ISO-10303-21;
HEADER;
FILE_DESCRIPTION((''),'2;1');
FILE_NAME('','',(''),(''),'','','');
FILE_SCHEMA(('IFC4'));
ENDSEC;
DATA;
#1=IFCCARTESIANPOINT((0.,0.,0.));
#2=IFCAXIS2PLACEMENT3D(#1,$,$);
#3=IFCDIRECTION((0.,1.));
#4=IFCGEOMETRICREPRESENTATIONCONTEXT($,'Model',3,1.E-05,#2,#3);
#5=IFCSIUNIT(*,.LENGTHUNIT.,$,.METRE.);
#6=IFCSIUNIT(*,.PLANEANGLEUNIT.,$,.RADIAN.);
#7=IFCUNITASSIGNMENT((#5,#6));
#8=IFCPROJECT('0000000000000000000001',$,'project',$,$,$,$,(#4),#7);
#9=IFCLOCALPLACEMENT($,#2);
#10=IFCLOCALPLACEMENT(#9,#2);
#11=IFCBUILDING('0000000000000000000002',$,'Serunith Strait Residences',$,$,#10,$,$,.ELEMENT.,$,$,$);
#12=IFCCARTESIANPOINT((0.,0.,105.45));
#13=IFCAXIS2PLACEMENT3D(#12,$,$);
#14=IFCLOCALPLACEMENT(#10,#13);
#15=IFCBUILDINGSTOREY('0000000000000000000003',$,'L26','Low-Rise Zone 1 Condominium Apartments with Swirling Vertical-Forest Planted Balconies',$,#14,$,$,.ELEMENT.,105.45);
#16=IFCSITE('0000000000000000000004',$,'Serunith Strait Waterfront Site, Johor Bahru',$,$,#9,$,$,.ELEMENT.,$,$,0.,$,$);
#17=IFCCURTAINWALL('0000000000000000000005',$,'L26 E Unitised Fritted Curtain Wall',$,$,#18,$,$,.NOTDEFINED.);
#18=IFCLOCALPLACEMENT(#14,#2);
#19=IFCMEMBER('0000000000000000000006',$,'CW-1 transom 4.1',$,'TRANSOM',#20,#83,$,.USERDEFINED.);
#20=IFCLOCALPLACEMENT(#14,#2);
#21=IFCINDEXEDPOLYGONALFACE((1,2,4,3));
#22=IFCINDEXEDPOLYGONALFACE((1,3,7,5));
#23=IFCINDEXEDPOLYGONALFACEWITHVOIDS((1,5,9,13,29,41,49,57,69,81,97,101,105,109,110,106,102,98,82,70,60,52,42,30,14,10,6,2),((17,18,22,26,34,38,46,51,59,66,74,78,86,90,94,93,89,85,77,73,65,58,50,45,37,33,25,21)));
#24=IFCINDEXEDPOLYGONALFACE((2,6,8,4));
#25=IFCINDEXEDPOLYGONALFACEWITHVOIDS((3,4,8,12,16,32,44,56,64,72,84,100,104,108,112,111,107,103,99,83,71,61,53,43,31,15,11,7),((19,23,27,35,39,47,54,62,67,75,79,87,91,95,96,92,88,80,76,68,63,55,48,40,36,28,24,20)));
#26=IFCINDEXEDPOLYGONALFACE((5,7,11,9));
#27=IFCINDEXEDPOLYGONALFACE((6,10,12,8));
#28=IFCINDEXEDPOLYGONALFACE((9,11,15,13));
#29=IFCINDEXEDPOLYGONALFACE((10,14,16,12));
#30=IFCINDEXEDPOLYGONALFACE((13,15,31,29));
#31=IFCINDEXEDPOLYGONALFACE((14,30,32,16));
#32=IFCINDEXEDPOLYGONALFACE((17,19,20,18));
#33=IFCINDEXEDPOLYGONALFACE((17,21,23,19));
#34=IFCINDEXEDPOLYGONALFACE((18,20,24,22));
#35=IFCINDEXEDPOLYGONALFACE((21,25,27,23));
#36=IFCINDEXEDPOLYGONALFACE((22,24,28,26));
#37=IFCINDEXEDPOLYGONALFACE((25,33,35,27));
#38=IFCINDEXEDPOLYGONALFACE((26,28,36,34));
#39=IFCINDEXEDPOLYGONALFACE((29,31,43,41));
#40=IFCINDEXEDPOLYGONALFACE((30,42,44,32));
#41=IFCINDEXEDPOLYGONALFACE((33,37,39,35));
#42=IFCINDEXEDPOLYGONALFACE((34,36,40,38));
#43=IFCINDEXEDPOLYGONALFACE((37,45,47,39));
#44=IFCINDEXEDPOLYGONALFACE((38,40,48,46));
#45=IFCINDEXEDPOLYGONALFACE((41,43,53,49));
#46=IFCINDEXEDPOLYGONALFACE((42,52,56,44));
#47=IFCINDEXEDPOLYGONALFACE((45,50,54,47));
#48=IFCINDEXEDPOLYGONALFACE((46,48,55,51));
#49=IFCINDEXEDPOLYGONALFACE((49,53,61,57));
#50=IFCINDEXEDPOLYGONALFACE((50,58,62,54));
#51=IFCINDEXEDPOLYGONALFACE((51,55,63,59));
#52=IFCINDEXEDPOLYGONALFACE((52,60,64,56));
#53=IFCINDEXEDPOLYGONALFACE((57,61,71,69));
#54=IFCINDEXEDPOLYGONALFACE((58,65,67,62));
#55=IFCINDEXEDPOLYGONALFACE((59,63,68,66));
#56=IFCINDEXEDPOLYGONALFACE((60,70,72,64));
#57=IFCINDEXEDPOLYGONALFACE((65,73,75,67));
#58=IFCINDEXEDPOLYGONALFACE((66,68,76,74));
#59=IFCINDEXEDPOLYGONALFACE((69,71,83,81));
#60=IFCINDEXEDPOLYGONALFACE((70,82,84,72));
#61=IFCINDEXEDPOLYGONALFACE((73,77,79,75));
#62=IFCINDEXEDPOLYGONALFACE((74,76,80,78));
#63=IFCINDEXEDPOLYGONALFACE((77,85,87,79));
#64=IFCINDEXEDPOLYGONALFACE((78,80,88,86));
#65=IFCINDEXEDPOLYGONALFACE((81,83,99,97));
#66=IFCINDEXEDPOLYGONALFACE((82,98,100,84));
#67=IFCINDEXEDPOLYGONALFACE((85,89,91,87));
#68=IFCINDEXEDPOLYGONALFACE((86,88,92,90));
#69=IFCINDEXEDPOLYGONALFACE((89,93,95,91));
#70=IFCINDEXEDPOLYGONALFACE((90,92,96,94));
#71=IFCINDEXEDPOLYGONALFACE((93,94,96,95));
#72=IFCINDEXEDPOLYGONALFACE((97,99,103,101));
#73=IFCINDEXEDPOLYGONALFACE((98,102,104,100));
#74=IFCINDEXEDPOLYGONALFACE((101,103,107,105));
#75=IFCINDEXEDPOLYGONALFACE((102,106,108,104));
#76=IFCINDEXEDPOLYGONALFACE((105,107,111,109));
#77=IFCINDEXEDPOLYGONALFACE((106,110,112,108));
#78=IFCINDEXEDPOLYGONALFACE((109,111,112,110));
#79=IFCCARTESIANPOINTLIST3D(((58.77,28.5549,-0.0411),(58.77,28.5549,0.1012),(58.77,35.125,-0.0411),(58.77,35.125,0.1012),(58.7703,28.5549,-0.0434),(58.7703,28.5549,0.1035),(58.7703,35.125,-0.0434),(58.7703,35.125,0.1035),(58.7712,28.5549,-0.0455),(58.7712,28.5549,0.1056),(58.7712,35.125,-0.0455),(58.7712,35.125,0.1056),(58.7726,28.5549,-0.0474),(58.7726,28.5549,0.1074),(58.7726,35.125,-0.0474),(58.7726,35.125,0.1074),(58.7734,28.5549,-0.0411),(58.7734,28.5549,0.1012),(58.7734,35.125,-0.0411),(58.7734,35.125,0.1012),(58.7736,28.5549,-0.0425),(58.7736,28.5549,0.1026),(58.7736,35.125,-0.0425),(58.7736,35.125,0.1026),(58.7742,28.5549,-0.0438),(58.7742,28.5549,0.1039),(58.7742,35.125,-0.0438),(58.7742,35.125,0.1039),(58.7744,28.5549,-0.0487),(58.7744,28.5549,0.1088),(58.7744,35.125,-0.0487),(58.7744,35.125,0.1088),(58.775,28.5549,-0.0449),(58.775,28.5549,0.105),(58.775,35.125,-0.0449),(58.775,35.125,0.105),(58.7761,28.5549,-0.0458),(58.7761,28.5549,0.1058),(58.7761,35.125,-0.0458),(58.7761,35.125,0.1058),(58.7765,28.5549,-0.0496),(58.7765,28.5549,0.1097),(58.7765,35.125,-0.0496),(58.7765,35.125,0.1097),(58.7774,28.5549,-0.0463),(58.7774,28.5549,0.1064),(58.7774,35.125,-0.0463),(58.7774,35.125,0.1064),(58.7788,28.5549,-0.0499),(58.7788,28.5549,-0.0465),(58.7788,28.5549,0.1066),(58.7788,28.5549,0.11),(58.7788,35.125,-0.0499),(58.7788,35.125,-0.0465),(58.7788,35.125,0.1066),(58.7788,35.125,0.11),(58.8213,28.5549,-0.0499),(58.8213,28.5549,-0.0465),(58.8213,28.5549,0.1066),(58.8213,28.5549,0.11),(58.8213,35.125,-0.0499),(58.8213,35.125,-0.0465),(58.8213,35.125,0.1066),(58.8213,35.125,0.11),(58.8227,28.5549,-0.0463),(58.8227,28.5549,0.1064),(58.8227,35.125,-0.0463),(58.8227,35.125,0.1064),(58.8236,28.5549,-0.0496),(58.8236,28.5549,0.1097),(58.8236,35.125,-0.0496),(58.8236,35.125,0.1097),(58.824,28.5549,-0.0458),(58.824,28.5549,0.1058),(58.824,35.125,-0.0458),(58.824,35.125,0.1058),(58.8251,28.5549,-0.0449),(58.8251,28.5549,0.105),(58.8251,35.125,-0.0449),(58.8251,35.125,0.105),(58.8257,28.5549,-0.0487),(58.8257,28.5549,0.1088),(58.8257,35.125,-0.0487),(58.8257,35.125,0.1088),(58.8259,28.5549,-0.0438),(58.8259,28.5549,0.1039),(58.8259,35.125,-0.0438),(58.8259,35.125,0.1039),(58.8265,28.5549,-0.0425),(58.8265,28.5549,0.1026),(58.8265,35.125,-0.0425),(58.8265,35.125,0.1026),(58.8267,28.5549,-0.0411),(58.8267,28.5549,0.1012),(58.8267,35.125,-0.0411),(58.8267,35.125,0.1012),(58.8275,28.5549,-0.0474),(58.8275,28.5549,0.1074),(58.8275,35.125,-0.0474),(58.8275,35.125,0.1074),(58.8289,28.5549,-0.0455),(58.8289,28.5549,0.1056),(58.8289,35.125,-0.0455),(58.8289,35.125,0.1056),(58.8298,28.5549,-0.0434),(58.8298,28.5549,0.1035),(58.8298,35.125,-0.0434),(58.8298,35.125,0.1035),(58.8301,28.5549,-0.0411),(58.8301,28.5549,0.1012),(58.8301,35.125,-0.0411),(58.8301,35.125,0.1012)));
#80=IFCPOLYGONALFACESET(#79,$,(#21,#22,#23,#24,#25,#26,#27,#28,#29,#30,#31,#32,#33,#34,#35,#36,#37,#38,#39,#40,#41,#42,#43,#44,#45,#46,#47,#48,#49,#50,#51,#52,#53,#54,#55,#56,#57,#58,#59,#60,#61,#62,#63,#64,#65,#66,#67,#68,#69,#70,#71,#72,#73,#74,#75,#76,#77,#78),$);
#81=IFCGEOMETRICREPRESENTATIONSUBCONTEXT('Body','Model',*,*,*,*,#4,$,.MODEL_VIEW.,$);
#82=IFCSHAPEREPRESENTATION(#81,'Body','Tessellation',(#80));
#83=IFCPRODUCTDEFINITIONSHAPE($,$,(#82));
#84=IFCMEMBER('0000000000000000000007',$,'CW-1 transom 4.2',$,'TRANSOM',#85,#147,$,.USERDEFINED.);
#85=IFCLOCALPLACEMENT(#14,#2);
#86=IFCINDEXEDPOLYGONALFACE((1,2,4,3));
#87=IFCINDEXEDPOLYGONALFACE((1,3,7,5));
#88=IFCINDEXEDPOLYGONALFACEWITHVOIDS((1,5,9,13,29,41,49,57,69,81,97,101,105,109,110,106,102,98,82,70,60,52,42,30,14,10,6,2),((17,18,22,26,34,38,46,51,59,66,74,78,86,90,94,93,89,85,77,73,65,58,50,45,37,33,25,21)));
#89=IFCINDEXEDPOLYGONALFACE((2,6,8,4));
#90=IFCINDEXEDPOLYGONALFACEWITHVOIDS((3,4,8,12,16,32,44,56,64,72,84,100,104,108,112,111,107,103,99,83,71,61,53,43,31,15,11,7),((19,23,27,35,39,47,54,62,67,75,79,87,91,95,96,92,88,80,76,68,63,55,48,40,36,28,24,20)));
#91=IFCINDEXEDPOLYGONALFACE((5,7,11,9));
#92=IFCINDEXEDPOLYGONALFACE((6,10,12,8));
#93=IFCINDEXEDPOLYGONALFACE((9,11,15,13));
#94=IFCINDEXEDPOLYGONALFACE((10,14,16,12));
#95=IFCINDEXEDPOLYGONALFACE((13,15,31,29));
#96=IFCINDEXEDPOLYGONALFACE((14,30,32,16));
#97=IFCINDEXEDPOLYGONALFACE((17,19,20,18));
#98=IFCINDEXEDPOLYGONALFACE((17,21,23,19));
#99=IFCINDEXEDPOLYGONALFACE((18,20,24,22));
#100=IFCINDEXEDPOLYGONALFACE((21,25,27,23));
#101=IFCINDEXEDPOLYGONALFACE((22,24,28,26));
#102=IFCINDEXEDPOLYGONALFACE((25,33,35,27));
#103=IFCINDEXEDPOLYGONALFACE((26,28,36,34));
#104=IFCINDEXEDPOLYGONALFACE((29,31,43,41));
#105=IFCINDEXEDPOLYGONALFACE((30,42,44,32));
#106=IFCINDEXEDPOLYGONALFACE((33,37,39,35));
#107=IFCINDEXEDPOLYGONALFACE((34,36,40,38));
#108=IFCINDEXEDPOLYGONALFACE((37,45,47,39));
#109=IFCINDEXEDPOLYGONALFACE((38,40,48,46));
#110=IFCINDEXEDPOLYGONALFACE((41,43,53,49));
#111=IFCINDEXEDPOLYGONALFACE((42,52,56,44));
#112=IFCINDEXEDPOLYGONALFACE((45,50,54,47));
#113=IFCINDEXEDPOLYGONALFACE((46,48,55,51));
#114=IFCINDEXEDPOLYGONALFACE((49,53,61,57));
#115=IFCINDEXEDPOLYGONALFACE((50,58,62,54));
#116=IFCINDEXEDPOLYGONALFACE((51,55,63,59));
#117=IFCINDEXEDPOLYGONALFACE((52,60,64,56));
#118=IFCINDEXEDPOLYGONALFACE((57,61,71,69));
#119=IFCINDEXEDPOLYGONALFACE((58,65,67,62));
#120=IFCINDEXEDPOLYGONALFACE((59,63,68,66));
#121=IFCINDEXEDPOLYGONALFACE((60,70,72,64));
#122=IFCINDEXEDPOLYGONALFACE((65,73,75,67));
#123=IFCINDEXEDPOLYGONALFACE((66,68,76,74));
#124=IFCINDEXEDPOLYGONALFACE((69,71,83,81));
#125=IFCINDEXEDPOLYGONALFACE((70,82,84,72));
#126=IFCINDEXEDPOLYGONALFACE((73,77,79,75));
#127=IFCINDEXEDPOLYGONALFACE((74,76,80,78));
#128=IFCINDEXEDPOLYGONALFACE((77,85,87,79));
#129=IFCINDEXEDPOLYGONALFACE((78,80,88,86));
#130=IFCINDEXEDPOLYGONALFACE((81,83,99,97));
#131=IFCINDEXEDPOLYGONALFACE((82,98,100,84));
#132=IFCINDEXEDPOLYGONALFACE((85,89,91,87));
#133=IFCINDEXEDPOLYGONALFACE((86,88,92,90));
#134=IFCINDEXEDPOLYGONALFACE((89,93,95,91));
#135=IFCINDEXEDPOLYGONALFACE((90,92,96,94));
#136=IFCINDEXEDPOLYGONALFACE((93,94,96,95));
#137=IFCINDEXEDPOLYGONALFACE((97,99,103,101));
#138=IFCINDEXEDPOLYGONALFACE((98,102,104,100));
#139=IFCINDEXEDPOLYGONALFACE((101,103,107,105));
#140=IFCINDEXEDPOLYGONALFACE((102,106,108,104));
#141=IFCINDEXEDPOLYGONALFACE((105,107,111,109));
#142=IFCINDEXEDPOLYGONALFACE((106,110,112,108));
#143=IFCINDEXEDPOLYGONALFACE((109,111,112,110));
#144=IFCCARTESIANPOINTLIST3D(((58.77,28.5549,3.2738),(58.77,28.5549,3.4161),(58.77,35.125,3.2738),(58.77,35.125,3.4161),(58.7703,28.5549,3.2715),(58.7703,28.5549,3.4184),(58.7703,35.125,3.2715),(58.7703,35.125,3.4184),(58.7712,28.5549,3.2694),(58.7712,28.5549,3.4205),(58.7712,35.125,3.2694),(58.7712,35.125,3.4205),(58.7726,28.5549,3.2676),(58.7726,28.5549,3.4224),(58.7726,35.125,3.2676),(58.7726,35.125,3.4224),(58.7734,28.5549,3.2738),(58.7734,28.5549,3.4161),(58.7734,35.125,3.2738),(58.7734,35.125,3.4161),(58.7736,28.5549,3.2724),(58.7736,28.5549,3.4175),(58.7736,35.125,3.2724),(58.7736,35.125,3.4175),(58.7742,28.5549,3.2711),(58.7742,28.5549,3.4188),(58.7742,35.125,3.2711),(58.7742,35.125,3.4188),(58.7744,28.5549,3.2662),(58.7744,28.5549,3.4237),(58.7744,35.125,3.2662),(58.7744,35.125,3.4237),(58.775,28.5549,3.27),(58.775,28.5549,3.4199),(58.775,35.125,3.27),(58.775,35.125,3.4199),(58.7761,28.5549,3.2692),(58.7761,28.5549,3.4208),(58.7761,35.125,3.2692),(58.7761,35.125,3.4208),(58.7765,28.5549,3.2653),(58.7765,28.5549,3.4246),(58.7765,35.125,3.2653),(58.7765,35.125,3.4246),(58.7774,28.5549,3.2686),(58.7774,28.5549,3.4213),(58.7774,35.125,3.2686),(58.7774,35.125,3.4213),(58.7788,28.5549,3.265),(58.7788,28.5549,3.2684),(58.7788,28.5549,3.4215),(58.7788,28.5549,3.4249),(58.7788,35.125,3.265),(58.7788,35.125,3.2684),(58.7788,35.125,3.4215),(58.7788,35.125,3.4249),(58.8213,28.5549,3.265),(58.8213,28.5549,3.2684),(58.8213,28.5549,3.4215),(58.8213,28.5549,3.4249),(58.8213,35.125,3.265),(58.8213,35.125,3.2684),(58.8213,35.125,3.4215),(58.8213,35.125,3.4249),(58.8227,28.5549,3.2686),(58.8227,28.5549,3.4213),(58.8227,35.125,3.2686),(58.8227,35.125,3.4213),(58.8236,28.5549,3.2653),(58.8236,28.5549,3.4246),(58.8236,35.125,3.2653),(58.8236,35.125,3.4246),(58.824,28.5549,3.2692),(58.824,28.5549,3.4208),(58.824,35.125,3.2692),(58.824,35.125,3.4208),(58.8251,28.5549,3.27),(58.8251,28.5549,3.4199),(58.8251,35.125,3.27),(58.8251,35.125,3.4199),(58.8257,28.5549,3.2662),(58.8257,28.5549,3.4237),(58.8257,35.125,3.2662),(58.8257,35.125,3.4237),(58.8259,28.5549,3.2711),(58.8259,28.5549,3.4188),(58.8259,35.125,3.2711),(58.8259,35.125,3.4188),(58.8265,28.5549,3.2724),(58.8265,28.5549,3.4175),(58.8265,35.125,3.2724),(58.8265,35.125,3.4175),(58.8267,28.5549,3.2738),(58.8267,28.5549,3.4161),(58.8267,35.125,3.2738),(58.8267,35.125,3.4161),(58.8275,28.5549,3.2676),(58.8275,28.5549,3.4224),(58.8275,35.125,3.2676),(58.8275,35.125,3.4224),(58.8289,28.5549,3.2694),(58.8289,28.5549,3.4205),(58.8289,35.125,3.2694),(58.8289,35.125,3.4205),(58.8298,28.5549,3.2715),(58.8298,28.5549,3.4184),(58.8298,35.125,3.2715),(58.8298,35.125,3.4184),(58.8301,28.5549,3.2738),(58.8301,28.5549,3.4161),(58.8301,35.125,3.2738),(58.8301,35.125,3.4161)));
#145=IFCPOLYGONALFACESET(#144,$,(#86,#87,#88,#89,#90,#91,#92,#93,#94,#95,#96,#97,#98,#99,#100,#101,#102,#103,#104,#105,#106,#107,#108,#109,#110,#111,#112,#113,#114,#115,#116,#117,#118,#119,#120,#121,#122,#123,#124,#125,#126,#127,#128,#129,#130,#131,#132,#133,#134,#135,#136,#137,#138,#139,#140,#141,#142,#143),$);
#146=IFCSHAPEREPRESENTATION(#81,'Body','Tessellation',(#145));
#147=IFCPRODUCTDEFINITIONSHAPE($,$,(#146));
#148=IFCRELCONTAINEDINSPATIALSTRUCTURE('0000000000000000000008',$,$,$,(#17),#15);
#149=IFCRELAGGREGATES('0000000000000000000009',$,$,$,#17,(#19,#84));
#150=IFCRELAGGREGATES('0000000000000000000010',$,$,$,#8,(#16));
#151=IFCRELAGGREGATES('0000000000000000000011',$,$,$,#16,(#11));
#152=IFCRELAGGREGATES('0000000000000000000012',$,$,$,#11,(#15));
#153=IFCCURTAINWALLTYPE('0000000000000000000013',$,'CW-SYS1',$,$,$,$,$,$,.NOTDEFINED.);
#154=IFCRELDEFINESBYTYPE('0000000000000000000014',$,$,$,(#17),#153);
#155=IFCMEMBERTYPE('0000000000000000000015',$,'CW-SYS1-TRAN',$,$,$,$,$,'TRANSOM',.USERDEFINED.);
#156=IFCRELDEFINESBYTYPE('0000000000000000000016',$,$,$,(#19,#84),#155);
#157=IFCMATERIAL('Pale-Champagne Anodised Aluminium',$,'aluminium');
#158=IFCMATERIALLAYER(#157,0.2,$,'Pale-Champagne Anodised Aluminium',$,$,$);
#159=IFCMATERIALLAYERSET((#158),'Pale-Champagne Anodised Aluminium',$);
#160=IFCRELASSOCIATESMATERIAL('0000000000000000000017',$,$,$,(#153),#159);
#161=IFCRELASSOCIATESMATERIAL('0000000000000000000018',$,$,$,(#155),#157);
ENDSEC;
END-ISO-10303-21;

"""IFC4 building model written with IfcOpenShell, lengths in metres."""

from ifc_helpers import new_model, si_unit, direction, frame, origin, origin_2d, place, context, subcontext, project, spatial, hollow_rectangle, extrude, source, transform, mapped, material, layer, layer_set, material_profile, profile_set, type_object, element, aggregate, save


model = new_model("IFC4")

# Units and contexts
model_context = context("Model", 3, precision=1e-05, world=origin(), true_north=direction((0.0, 1.0)))
body_context = subcontext(model_context, "Body", "Model", "MODEL_VIEW")
ifc_project = project(units=[si_unit("LENGTHUNIT", "METRE"), si_unit("PLANEANGLEUNIT", "RADIAN")], contexts=[model_context])

# Site, building, storey
site_placement = place(None, origin())
site = spatial("IfcSite", under=ifc_project, at=site_placement, Name="Serunith Strait Waterfront Site, Johor Bahru", CompositionType="ELEMENT", RefElevation=0.0)
building_placement = place(site_placement, origin())
building = spatial("IfcBuilding", under=site, at=building_placement, Name="Serunith Strait Residences", CompositionType="ELEMENT")
storey_placement = place(building_placement, frame((0.0, 0.0, 105.45)))
storey = spatial("IfcBuildingStorey", under=building, at=storey_placement, Name="L26", Description="Low-Rise Zone 1 Condominium Apartments with Swirling Vertical-Forest Planted Balconies", CompositionType="ELEMENT", Elevation=105.45)

# Curtain wall, members
ifc_material_1 = material(Name="Pale-Champagne Anodised Aluminium", Category="aluminium")
ifc_layer_1 = layer(ifc_material_1, 0.2, Name="Pale-Champagne Anodised Aluminium")
ifc_layer_set_1 = layer_set([ifc_layer_1], Name="Pale-Champagne Anodised Aluminium")
curtain_wall_type = type_object("IfcCurtainWallType", Name="CW-SYS1", PredefinedType="NOTDEFINED", material=ifc_layer_set_1)
curtain_wall_placement = place(storey_placement, origin())
curtain_wall = element("IfcCurtainWall", 1, at=curtain_wall_placement, inside=storey, type_object=curtain_wall_type, Name="L26 E Unitised Fritted Curtain Wall", PredefinedType="NOTDEFINED")
ifc_material_profile_1 = material_profile(ifc_material_1, hollow_rectangle(XDim=0.0601, YDim=0.1599, WallThickness=0.0034, InnerFilletRadius=0.0054, OuterFilletRadius=0.0088, at=origin_2d()), Name="ALU 160x60x3.5")
ifc_profile_set_1 = profile_set([ifc_material_profile_1], Name="Pale-Champagne Anodised Aluminium")
member_type_1 = type_object("IfcMemberType", Name="CW-SYS1-TRAN", ElementType="TRANSOM", PredefinedType="USERDEFINED", material=ifc_profile_set_1)
shared_shape_1 = source(origin(), body_context, "Body", "SweptSolid", [
    extrude(hollow_rectangle(XDim=0.0601, YDim=0.1599, WallThickness=0.0034, InnerFilletRadius=0.0054, OuterFilletRadius=0.0088, at=origin_2d()), origin(), (0.0, 0.0, 1.0), 6.5701),
])
member_1_placement = place(storey_placement, frame((58.8, 28.5549, 0.03), z_axis=(0.0, 1.0, 0.0), x_axis=(-1.0, 0.0, 0.0)))
member_1 = element("IfcMember", 2, at=member_1_placement, type_object=member_type_1, Name="CW-1 transom 4.1", ObjectType="TRANSOM", PredefinedType="USERDEFINED", context=body_context, shape_type="MappedRepresentation", body=[
    mapped(shared_shape_1, transform((0.0, 0.0, 0.0), scale=1.0)),
])
member_2_placement = place(storey_placement, frame((58.8, 28.5549, 3.345), z_axis=(0.0, 1.0, 0.0), x_axis=(-1.0, 0.0, 0.0)))
member_2 = element("IfcMember", 3, at=member_2_placement, type_object=member_type_1, Name="CW-1 transom 4.2", ObjectType="TRANSOM", PredefinedType="USERDEFINED", context=body_context, shape_type="MappedRepresentation", body=[
    mapped(shared_shape_1, transform((0.0, 0.0, 0.0), scale=1.0)),
])
aggregate(curtain_wall, [member_1, member_2])

save(model, "model.ifc")
